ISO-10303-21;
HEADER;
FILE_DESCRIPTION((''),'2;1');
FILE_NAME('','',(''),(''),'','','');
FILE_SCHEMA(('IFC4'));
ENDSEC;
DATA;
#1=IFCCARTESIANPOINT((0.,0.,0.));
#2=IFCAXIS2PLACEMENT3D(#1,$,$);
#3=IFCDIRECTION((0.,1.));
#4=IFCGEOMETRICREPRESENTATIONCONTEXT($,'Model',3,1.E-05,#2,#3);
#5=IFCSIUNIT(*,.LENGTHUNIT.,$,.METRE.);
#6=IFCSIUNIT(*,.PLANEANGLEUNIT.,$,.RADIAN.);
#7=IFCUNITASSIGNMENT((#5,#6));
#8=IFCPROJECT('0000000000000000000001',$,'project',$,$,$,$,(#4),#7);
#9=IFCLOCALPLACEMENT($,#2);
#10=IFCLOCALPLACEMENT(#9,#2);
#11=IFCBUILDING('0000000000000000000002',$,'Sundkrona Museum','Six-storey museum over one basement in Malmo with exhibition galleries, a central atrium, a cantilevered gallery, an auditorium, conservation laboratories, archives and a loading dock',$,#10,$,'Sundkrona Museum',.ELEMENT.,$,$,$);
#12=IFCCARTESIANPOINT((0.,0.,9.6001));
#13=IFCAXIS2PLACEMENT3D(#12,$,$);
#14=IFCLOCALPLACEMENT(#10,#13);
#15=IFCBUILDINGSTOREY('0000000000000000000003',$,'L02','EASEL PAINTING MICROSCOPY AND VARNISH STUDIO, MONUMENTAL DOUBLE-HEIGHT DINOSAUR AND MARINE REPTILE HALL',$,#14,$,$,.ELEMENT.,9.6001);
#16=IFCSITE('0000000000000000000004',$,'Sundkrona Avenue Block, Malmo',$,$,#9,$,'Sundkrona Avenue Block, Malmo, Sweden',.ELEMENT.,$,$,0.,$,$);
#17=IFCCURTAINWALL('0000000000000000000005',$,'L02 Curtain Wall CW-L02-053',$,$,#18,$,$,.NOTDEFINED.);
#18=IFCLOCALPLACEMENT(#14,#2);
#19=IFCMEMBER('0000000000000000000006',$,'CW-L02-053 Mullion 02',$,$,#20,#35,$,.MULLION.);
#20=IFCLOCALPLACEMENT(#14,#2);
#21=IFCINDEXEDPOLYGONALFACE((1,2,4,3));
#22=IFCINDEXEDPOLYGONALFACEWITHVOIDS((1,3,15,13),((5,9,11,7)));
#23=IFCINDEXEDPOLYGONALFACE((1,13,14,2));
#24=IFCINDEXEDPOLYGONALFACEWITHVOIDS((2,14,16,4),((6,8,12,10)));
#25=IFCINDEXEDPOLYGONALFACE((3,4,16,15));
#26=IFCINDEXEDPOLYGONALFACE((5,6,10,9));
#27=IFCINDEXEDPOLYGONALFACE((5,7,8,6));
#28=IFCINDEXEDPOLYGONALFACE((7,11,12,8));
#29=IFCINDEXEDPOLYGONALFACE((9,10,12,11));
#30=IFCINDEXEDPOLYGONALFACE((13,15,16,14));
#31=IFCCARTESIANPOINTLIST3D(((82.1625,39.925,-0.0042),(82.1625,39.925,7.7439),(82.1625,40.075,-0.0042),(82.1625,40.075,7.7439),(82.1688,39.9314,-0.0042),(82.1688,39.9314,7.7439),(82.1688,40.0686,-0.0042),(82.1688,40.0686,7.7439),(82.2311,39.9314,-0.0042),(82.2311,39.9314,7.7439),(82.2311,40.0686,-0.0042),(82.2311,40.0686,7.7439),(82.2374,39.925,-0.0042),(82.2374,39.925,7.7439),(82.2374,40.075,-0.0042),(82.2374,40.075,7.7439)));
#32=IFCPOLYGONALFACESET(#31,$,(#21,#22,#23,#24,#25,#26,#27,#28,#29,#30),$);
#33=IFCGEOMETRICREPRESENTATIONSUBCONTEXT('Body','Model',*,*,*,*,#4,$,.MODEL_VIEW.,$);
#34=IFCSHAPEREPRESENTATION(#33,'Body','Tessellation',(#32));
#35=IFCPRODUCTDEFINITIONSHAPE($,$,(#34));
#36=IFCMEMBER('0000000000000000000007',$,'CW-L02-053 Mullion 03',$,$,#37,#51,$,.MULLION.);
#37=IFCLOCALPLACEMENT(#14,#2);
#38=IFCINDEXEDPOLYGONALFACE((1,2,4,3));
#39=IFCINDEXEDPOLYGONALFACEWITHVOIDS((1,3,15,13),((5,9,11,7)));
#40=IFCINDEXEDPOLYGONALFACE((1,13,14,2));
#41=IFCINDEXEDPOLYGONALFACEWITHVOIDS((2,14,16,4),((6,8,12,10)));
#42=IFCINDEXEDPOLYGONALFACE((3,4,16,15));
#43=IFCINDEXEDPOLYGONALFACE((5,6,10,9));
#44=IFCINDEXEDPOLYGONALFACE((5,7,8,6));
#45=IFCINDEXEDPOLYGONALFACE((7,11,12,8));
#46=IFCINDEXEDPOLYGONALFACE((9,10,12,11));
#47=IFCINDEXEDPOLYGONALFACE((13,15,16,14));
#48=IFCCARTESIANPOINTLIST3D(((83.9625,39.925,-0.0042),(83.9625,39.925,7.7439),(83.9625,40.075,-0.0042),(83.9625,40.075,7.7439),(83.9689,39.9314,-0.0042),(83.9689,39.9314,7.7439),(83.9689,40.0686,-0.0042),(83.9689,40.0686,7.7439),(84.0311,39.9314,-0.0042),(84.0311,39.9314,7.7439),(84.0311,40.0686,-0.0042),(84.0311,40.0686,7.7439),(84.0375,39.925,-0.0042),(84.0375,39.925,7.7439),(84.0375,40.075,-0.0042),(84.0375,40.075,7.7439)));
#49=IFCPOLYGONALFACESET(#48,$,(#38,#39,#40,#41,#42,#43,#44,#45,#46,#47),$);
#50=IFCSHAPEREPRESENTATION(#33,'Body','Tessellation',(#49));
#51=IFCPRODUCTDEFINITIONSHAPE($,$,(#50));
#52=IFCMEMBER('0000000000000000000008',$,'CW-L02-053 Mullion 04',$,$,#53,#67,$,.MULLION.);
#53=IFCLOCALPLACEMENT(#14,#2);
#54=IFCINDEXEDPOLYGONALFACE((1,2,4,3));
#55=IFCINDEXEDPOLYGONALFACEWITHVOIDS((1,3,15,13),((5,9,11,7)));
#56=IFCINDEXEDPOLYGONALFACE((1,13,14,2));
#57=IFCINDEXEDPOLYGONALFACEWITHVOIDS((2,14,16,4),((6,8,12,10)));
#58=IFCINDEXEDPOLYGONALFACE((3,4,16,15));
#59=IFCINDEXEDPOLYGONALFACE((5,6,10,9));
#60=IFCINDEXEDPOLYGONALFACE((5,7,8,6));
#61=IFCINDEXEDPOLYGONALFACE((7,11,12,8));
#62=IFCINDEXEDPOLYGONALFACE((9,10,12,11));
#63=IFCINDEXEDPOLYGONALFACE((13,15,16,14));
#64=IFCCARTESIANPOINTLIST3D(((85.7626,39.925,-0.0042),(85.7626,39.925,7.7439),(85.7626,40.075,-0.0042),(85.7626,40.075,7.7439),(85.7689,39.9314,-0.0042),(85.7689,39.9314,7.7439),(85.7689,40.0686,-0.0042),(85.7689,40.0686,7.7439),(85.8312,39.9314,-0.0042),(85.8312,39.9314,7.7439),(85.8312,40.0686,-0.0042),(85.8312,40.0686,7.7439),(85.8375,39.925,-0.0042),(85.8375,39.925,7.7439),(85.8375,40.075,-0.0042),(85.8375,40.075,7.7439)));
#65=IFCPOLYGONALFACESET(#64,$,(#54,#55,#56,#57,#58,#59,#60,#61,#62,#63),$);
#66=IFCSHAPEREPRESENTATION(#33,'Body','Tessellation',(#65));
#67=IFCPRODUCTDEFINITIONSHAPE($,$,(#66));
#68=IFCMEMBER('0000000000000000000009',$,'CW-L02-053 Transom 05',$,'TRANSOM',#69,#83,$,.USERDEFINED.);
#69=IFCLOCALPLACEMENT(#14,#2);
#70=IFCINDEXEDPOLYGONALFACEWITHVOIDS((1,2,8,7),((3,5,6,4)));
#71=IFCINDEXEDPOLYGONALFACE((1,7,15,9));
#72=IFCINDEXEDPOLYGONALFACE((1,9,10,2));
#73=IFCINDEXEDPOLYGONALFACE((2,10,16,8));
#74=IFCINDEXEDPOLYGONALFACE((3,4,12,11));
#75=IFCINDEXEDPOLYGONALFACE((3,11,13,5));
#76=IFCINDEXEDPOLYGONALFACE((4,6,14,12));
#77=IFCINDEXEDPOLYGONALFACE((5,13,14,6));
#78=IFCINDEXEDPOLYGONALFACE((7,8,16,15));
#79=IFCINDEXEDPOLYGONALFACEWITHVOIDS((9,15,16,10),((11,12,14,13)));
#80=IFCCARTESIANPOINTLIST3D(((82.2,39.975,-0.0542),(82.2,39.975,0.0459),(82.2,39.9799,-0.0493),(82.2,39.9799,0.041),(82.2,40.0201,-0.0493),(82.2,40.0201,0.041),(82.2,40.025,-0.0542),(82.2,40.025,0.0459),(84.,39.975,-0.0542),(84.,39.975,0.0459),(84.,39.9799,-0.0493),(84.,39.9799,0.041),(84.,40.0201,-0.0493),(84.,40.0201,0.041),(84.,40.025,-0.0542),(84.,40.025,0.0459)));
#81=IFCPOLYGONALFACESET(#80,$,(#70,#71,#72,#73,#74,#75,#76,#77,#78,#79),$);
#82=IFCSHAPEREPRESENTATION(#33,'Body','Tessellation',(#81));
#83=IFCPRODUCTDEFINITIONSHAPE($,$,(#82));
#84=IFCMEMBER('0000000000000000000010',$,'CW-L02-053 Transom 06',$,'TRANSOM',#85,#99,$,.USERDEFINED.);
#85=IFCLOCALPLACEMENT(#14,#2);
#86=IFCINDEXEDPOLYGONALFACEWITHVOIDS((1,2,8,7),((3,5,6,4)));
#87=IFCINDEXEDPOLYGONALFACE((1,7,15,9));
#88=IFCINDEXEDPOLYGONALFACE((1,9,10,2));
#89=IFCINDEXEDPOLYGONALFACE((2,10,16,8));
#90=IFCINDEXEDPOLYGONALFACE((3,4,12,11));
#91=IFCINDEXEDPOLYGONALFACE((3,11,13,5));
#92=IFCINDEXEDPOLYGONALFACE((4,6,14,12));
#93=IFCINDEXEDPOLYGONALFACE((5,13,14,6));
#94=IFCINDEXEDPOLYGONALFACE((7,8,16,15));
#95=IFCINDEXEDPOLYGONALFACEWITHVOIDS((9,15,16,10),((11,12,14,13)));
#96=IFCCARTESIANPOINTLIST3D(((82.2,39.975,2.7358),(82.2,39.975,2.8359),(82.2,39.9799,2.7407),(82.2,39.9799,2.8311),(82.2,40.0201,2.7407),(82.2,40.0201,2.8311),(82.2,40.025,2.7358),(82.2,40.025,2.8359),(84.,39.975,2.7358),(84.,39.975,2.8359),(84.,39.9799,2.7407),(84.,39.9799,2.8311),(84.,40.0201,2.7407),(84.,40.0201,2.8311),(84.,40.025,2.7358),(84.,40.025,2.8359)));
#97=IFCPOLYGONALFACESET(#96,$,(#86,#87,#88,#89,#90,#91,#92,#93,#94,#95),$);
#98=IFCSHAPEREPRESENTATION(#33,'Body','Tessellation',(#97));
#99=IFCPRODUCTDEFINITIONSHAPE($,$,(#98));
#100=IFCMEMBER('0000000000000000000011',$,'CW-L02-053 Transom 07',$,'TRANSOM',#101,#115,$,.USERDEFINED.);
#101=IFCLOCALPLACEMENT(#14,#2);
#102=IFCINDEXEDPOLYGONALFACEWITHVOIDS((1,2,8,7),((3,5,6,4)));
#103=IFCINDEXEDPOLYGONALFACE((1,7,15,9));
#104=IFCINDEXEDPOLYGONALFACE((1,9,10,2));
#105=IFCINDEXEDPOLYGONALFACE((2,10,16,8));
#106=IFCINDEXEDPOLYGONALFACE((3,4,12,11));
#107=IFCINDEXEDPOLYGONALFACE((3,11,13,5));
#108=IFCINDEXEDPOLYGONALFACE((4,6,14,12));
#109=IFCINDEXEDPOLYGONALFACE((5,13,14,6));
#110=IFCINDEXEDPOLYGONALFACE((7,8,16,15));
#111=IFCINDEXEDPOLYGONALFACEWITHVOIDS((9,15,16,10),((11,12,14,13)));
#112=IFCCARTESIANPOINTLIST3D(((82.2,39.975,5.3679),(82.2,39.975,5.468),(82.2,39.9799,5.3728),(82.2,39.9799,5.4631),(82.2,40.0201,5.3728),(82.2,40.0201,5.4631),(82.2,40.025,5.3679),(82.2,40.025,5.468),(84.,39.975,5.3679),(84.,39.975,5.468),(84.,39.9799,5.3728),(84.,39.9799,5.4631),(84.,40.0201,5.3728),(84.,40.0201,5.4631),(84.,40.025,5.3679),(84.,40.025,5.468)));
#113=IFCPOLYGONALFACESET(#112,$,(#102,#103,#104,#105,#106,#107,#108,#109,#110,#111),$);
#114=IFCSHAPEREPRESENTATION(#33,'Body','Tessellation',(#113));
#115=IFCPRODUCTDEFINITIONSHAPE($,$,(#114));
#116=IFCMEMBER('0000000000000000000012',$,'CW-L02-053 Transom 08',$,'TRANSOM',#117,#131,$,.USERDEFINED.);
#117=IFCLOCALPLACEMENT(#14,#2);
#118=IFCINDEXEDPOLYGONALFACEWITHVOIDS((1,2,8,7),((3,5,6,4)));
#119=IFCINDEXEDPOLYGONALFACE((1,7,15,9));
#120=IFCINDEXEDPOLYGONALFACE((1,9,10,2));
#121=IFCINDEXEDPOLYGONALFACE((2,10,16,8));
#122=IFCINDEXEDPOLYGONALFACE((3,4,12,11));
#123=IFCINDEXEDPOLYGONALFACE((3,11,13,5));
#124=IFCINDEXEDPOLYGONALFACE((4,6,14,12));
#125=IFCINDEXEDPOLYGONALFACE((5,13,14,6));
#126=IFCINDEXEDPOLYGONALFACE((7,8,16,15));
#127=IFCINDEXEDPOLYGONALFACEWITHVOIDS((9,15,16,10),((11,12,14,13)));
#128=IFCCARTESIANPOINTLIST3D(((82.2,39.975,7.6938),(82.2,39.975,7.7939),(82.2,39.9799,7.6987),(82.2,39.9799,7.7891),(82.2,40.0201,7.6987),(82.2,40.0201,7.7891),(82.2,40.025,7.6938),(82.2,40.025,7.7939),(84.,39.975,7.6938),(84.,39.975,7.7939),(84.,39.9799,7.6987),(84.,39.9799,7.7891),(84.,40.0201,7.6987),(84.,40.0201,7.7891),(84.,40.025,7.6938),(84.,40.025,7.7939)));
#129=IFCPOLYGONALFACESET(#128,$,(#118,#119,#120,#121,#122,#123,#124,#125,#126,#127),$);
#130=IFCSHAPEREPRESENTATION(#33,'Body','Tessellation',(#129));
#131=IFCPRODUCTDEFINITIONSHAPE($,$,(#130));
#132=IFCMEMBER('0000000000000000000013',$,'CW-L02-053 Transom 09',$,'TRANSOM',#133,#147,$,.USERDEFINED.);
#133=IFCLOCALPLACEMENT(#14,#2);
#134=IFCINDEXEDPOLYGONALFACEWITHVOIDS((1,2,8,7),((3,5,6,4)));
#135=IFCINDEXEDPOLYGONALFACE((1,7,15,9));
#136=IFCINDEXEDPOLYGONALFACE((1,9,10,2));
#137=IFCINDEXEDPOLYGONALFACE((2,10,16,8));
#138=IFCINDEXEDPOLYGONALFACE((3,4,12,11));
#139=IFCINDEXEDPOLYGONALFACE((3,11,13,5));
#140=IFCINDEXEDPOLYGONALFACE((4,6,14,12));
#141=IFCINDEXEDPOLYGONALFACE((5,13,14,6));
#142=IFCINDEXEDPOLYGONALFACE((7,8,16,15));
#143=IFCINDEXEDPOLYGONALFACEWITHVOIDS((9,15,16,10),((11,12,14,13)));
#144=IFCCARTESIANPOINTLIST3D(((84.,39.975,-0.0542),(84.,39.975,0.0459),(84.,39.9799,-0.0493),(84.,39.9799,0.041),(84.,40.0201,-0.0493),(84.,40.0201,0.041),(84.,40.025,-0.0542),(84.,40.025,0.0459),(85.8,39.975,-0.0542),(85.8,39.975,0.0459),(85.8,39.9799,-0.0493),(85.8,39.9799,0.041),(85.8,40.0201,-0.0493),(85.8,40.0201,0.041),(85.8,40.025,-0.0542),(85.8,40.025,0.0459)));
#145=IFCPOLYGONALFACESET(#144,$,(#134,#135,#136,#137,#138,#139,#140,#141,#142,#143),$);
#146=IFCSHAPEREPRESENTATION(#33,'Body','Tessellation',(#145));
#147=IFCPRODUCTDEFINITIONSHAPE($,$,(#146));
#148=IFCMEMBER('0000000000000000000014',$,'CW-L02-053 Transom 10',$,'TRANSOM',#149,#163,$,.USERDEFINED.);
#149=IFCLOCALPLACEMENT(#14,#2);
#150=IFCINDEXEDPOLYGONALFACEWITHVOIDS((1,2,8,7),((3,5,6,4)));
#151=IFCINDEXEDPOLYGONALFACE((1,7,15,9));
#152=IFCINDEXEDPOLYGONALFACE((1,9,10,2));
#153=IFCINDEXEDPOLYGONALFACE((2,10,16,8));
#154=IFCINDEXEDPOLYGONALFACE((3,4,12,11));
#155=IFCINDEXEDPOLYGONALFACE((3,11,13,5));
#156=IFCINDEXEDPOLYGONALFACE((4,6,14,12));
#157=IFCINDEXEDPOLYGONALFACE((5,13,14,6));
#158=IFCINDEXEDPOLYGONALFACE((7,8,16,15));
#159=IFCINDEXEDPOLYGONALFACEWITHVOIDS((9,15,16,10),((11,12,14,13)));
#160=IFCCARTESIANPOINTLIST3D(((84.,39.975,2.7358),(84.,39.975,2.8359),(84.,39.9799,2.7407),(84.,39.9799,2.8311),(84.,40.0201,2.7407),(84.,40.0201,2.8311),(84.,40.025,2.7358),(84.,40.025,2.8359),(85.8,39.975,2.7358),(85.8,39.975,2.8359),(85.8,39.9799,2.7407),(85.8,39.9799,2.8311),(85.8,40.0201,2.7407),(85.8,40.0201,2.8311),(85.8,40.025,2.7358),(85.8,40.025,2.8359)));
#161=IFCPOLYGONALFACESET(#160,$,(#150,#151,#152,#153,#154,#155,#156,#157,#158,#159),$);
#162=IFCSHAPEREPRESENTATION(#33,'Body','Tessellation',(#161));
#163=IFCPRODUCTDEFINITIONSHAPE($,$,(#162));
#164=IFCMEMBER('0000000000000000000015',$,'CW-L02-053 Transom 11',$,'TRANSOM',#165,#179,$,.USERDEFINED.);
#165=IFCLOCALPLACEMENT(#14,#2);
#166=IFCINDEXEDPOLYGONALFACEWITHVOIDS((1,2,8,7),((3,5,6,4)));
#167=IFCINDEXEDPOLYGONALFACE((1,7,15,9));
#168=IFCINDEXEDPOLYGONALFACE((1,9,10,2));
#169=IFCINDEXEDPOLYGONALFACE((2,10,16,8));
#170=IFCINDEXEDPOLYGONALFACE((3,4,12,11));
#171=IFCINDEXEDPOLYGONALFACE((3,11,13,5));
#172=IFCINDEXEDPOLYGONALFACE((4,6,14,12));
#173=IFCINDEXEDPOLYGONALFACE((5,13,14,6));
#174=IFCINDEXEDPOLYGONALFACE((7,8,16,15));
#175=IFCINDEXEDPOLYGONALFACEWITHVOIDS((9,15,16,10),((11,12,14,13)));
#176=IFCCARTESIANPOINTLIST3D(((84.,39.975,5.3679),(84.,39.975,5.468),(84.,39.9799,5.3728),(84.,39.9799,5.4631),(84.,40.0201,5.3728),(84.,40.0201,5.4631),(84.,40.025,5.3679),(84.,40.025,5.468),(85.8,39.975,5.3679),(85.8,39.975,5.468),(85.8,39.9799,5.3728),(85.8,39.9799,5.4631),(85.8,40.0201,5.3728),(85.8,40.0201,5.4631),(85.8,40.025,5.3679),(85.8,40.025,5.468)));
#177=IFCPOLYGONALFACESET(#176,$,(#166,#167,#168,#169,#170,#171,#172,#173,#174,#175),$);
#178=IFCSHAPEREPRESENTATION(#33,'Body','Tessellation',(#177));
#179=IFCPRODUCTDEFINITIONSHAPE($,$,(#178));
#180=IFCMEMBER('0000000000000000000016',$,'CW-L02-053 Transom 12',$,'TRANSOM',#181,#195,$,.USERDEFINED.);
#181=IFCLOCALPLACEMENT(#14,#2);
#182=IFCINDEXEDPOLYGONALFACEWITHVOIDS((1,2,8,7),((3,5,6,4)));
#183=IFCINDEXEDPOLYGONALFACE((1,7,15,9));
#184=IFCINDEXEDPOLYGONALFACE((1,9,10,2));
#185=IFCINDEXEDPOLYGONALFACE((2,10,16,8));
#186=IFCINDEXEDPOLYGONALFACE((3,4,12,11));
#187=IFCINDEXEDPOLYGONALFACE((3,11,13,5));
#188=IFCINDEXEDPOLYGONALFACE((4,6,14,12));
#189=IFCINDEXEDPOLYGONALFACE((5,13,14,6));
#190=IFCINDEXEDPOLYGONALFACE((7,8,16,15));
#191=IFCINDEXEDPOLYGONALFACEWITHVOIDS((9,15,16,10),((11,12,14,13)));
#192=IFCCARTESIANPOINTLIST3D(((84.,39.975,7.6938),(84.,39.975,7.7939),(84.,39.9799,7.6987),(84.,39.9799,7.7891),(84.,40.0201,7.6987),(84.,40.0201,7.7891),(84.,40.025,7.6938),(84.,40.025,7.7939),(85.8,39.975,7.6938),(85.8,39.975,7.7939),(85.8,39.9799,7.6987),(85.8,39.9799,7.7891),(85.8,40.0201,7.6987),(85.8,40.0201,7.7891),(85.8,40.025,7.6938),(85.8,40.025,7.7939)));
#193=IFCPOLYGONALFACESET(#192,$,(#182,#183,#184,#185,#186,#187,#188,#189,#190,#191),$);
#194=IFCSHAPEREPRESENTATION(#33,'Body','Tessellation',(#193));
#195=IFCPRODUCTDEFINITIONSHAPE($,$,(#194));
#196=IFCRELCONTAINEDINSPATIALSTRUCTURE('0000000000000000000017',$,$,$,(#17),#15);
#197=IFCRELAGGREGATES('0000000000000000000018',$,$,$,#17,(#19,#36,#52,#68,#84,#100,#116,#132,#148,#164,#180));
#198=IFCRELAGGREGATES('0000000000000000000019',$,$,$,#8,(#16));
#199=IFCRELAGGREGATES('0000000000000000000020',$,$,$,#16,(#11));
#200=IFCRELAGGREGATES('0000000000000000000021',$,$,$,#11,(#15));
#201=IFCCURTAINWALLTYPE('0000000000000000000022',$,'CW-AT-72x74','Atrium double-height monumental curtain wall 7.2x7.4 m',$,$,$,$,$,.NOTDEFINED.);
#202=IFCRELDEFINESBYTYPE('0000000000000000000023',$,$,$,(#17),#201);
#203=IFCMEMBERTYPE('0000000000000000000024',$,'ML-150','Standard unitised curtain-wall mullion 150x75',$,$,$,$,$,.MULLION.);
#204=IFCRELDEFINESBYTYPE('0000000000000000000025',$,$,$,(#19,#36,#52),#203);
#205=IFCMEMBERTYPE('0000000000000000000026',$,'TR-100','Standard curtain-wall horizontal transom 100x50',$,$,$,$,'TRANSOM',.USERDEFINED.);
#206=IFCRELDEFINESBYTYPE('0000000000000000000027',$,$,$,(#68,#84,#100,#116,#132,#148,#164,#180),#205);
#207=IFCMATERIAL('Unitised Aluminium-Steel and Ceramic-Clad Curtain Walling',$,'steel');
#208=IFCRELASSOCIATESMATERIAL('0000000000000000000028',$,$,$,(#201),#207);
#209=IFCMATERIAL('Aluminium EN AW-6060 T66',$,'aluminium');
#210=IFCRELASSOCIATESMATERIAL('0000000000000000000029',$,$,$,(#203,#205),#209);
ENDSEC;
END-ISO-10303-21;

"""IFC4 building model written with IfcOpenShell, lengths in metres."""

from ifc_helpers import new_model, si_unit, direction, frame, origin, origin_2d, place, context, subcontext, project, spatial, hollow_rectangle, extrude, material, material_profile, profile_set, type_object, element, aggregate, save


model = new_model("IFC4")

# Units and contexts
model_context = context("Model", 3, precision=1e-05, world=origin(), true_north=direction((0.0, 1.0)))
body_context = subcontext(model_context, "Body", "Model", "MODEL_VIEW")
ifc_project = project(units=[si_unit("LENGTHUNIT", "METRE"), si_unit("PLANEANGLEUNIT", "RADIAN")], contexts=[model_context])

# Site, building, storey
site_placement = place(None, origin())
site = spatial("IfcSite", under=ifc_project, at=site_placement, Name="Sundkrona Avenue Block, Malmo", LongName="Sundkrona Avenue Block, Malmo, Sweden", CompositionType="ELEMENT", RefElevation=0.0)
building_placement = place(site_placement, origin())
building = spatial("IfcBuilding", under=site, at=building_placement, Name="Sundkrona Museum", Description="Six-storey museum over one basement in Malmo with exhibition galleries, a central atrium, a cantilevered gallery, an auditorium, conservation laboratories, archives and a loading dock", LongName="Sundkrona Museum", CompositionType="ELEMENT")
storey_placement = place(building_placement, frame((0.0, 0.0, 9.6001)))
storey = spatial("IfcBuildingStorey", under=building, at=storey_placement, Name="L02", Description="EASEL PAINTING MICROSCOPY AND VARNISH STUDIO, MONUMENTAL DOUBLE-HEIGHT DINOSAUR AND MARINE REPTILE HALL", CompositionType="ELEMENT", Elevation=9.6001)

# Curtain wall, members
ifc_material_1 = material(Name="Unitised Aluminium-Steel and Ceramic-Clad Curtain Walling", Category="steel")
curtain_wall_type = type_object("IfcCurtainWallType", Name="CW-AT-72x74", Description="Atrium double-height monumental curtain wall 7.2x7.4 m", PredefinedType="NOTDEFINED", material=ifc_material_1)
curtain_wall_placement = place(storey_placement, origin())
curtain_wall = element("IfcCurtainWall", 1, at=curtain_wall_placement, inside=storey, type_object=curtain_wall_type, Name="L02 Curtain Wall CW-L02-053", PredefinedType="NOTDEFINED")
ifc_material_2 = material(Name="Aluminium EN AW-6060 T66", Category="aluminium")
ifc_material_profile_1 = material_profile(ifc_material_2, hollow_rectangle(XDim=0.075, YDim=0.1499, WallThickness=0.0063, at=origin_2d()), Name="RHS 150x75x6.3")
ifc_profile_set_1 = profile_set([ifc_material_profile_1], Name="Aluminium EN AW-6060 T66")
member_type_1 = type_object("IfcMemberType", Name="ML-150", Description="Standard unitised curtain-wall mullion 150x75", PredefinedType="MULLION", material=ifc_profile_set_1)
member_1_placement = place(storey_placement, frame((82.2, 40.0, -0.0042), z_axis=(0.0, 0.0, 1.0), x_axis=(1.0, 0.0, 0.0)))
member_1 = element("IfcMember", 2, at=member_1_placement, type_object=member_type_1, Name="CW-L02-053 Mullion 02", PredefinedType="MULLION", context=body_context, shape_type="SweptSolid", body=[
    extrude(hollow_rectangle(XDim=0.075, YDim=0.1499, WallThickness=0.0063, at=origin_2d()), origin(), (0.0, 0.0, 1.0), 7.748),
])
member_2_placement = place(storey_placement, frame((84.0, 40.0, -0.0042), z_axis=(0.0, 0.0, 1.0), x_axis=(1.0, 0.0, 0.0)))
member_2 = element("IfcMember", 3, at=member_2_placement, type_object=member_type_1, Name="CW-L02-053 Mullion 03", PredefinedType="MULLION", context=body_context, shape_type="SweptSolid", body=[
    extrude(hollow_rectangle(XDim=0.075, YDim=0.1499, WallThickness=0.0063, at=origin_2d()), origin(), (0.0, 0.0, 1.0), 7.748),
])
member_3_placement = place(storey_placement, frame((85.8, 40.0, -0.0042), z_axis=(0.0, 0.0, 1.0), x_axis=(1.0, 0.0, 0.0)))
member_3 = element("IfcMember", 4, at=member_3_placement, type_object=member_type_1, Name="CW-L02-053 Mullion 04", PredefinedType="MULLION", context=body_context, shape_type="SweptSolid", body=[
    extrude(hollow_rectangle(XDim=0.075, YDim=0.1499, WallThickness=0.0063, at=origin_2d()), origin(), (0.0, 0.0, 1.0), 7.748),
])
ifc_material_profile_2 = material_profile(ifc_material_2, hollow_rectangle(XDim=0.05, YDim=0.1001, WallThickness=0.0049, at=origin_2d()), Name="RHS 100x50x5.0")
ifc_profile_set_2 = profile_set([ifc_material_profile_2], Name="Aluminium EN AW-6060 T66")
member_type_2 = type_object("IfcMemberType", Name="TR-100", Description="Standard curtain-wall horizontal transom 100x50", ElementType="TRANSOM", PredefinedType="USERDEFINED", material=ifc_profile_set_2)
member_4_placement = place(storey_placement, frame((82.2, 40.0, -0.0042), z_axis=(1.0, 0.0, 0.0), x_axis=(0.0, 1.0, 0.0)))
member_4 = element("IfcMember", 5, at=member_4_placement, type_object=member_type_2, Name="CW-L02-053 Transom 05", ObjectType="TRANSOM", PredefinedType="USERDEFINED", context=body_context, shape_type="SweptSolid", body=[
    extrude(hollow_rectangle(XDim=0.05, YDim=0.1001, WallThickness=0.0049, at=origin_2d()), origin(), (0.0, 0.0, 1.0), 1.8),
])
member_5_placement = place(storey_placement, frame((82.2, 40.0, 2.7859), z_axis=(1.0, 0.0, 0.0), x_axis=(0.0, 1.0, 0.0)))
member_5 = element("IfcMember", 6, at=member_5_placement, type_object=member_type_2, Name="CW-L02-053 Transom 06", ObjectType="TRANSOM", PredefinedType="USERDEFINED", context=body_context, shape_type="SweptSolid", body=[
    extrude(hollow_rectangle(XDim=0.05, YDim=0.1001, WallThickness=0.0049, at=origin_2d()), origin(), (0.0, 0.0, 1.0), 1.8),
])
member_6_placement = place(storey_placement, frame((82.2, 40.0, 5.418), z_axis=(1.0, 0.0, 0.0), x_axis=(0.0, 1.0, 0.0)))
member_6 = element("IfcMember", 7, at=member_6_placement, type_object=member_type_2, Name="CW-L02-053 Transom 07", ObjectType="TRANSOM", PredefinedType="USERDEFINED", context=body_context, shape_type="SweptSolid", body=[
    extrude(hollow_rectangle(XDim=0.05, YDim=0.1001, WallThickness=0.0049, at=origin_2d()), origin(), (0.0, 0.0, 1.0), 1.8),
])
member_7_placement = place(storey_placement, frame((82.2, 40.0, 7.7439), z_axis=(1.0, 0.0, 0.0), x_axis=(0.0, 1.0, 0.0)))
member_7 = element("IfcMember", 8, at=member_7_placement, type_object=member_type_2, Name="CW-L02-053 Transom 08", ObjectType="TRANSOM", PredefinedType="USERDEFINED", context=body_context, shape_type="SweptSolid", body=[
    extrude(hollow_rectangle(XDim=0.05, YDim=0.1001, WallThickness=0.0049, at=origin_2d()), origin(), (0.0, 0.0, 1.0), 1.8),
])
member_8_placement = place(storey_placement, frame((84.0, 40.0, -0.0042), z_axis=(1.0, 0.0, 0.0), x_axis=(0.0, 1.0, 0.0)))
member_8 = element("IfcMember", 9, at=member_8_placement, type_object=member_type_2, Name="CW-L02-053 Transom 09", ObjectType="TRANSOM", PredefinedType="USERDEFINED", context=body_context, shape_type="SweptSolid", body=[
    extrude(hollow_rectangle(XDim=0.05, YDim=0.1001, WallThickness=0.0049, at=origin_2d()), origin(), (0.0, 0.0, 1.0), 1.8),
])
member_9_placement = place(storey_placement, frame((84.0, 40.0, 2.7859), z_axis=(1.0, 0.0, 0.0), x_axis=(0.0, 1.0, 0.0)))
member_9 = element("IfcMember", 10, at=member_9_placement, type_object=member_type_2, Name="CW-L02-053 Transom 10", ObjectType="TRANSOM", PredefinedType="USERDEFINED", context=body_context, shape_type="SweptSolid", body=[
    extrude(hollow_rectangle(XDim=0.05, YDim=0.1001, WallThickness=0.0049, at=origin_2d()), origin(), (0.0, 0.0, 1.0), 1.8),
])
member_10_placement = place(storey_placement, frame((84.0, 40.0, 5.418), z_axis=(1.0, 0.0, 0.0), x_axis=(0.0, 1.0, 0.0)))
member_10 = element("IfcMember", 11, at=member_10_placement, type_object=member_type_2, Name="CW-L02-053 Transom 11", ObjectType="TRANSOM", PredefinedType="USERDEFINED", context=body_context, shape_type="SweptSolid", body=[
    extrude(hollow_rectangle(XDim=0.05, YDim=0.1001, WallThickness=0.0049, at=origin_2d()), origin(), (0.0, 0.0, 1.0), 1.8),
])
member_11_placement = place(storey_placement, frame((84.0, 40.0, 7.7439), z_axis=(1.0, 0.0, 0.0), x_axis=(0.0, 1.0, 0.0)))
member_11 = element("IfcMember", 12, at=member_11_placement, type_object=member_type_2, Name="CW-L02-053 Transom 12", ObjectType="TRANSOM", PredefinedType="USERDEFINED", context=body_context, shape_type="SweptSolid", body=[
    extrude(hollow_rectangle(XDim=0.05, YDim=0.1001, WallThickness=0.0049, at=origin_2d()), origin(), (0.0, 0.0, 1.0), 1.8),
])
aggregate(curtain_wall, [member_1, member_2, member_3, member_4, member_5, member_6, member_7, member_8, member_9, member_10, member_11])

save(model, "model.ifc")
